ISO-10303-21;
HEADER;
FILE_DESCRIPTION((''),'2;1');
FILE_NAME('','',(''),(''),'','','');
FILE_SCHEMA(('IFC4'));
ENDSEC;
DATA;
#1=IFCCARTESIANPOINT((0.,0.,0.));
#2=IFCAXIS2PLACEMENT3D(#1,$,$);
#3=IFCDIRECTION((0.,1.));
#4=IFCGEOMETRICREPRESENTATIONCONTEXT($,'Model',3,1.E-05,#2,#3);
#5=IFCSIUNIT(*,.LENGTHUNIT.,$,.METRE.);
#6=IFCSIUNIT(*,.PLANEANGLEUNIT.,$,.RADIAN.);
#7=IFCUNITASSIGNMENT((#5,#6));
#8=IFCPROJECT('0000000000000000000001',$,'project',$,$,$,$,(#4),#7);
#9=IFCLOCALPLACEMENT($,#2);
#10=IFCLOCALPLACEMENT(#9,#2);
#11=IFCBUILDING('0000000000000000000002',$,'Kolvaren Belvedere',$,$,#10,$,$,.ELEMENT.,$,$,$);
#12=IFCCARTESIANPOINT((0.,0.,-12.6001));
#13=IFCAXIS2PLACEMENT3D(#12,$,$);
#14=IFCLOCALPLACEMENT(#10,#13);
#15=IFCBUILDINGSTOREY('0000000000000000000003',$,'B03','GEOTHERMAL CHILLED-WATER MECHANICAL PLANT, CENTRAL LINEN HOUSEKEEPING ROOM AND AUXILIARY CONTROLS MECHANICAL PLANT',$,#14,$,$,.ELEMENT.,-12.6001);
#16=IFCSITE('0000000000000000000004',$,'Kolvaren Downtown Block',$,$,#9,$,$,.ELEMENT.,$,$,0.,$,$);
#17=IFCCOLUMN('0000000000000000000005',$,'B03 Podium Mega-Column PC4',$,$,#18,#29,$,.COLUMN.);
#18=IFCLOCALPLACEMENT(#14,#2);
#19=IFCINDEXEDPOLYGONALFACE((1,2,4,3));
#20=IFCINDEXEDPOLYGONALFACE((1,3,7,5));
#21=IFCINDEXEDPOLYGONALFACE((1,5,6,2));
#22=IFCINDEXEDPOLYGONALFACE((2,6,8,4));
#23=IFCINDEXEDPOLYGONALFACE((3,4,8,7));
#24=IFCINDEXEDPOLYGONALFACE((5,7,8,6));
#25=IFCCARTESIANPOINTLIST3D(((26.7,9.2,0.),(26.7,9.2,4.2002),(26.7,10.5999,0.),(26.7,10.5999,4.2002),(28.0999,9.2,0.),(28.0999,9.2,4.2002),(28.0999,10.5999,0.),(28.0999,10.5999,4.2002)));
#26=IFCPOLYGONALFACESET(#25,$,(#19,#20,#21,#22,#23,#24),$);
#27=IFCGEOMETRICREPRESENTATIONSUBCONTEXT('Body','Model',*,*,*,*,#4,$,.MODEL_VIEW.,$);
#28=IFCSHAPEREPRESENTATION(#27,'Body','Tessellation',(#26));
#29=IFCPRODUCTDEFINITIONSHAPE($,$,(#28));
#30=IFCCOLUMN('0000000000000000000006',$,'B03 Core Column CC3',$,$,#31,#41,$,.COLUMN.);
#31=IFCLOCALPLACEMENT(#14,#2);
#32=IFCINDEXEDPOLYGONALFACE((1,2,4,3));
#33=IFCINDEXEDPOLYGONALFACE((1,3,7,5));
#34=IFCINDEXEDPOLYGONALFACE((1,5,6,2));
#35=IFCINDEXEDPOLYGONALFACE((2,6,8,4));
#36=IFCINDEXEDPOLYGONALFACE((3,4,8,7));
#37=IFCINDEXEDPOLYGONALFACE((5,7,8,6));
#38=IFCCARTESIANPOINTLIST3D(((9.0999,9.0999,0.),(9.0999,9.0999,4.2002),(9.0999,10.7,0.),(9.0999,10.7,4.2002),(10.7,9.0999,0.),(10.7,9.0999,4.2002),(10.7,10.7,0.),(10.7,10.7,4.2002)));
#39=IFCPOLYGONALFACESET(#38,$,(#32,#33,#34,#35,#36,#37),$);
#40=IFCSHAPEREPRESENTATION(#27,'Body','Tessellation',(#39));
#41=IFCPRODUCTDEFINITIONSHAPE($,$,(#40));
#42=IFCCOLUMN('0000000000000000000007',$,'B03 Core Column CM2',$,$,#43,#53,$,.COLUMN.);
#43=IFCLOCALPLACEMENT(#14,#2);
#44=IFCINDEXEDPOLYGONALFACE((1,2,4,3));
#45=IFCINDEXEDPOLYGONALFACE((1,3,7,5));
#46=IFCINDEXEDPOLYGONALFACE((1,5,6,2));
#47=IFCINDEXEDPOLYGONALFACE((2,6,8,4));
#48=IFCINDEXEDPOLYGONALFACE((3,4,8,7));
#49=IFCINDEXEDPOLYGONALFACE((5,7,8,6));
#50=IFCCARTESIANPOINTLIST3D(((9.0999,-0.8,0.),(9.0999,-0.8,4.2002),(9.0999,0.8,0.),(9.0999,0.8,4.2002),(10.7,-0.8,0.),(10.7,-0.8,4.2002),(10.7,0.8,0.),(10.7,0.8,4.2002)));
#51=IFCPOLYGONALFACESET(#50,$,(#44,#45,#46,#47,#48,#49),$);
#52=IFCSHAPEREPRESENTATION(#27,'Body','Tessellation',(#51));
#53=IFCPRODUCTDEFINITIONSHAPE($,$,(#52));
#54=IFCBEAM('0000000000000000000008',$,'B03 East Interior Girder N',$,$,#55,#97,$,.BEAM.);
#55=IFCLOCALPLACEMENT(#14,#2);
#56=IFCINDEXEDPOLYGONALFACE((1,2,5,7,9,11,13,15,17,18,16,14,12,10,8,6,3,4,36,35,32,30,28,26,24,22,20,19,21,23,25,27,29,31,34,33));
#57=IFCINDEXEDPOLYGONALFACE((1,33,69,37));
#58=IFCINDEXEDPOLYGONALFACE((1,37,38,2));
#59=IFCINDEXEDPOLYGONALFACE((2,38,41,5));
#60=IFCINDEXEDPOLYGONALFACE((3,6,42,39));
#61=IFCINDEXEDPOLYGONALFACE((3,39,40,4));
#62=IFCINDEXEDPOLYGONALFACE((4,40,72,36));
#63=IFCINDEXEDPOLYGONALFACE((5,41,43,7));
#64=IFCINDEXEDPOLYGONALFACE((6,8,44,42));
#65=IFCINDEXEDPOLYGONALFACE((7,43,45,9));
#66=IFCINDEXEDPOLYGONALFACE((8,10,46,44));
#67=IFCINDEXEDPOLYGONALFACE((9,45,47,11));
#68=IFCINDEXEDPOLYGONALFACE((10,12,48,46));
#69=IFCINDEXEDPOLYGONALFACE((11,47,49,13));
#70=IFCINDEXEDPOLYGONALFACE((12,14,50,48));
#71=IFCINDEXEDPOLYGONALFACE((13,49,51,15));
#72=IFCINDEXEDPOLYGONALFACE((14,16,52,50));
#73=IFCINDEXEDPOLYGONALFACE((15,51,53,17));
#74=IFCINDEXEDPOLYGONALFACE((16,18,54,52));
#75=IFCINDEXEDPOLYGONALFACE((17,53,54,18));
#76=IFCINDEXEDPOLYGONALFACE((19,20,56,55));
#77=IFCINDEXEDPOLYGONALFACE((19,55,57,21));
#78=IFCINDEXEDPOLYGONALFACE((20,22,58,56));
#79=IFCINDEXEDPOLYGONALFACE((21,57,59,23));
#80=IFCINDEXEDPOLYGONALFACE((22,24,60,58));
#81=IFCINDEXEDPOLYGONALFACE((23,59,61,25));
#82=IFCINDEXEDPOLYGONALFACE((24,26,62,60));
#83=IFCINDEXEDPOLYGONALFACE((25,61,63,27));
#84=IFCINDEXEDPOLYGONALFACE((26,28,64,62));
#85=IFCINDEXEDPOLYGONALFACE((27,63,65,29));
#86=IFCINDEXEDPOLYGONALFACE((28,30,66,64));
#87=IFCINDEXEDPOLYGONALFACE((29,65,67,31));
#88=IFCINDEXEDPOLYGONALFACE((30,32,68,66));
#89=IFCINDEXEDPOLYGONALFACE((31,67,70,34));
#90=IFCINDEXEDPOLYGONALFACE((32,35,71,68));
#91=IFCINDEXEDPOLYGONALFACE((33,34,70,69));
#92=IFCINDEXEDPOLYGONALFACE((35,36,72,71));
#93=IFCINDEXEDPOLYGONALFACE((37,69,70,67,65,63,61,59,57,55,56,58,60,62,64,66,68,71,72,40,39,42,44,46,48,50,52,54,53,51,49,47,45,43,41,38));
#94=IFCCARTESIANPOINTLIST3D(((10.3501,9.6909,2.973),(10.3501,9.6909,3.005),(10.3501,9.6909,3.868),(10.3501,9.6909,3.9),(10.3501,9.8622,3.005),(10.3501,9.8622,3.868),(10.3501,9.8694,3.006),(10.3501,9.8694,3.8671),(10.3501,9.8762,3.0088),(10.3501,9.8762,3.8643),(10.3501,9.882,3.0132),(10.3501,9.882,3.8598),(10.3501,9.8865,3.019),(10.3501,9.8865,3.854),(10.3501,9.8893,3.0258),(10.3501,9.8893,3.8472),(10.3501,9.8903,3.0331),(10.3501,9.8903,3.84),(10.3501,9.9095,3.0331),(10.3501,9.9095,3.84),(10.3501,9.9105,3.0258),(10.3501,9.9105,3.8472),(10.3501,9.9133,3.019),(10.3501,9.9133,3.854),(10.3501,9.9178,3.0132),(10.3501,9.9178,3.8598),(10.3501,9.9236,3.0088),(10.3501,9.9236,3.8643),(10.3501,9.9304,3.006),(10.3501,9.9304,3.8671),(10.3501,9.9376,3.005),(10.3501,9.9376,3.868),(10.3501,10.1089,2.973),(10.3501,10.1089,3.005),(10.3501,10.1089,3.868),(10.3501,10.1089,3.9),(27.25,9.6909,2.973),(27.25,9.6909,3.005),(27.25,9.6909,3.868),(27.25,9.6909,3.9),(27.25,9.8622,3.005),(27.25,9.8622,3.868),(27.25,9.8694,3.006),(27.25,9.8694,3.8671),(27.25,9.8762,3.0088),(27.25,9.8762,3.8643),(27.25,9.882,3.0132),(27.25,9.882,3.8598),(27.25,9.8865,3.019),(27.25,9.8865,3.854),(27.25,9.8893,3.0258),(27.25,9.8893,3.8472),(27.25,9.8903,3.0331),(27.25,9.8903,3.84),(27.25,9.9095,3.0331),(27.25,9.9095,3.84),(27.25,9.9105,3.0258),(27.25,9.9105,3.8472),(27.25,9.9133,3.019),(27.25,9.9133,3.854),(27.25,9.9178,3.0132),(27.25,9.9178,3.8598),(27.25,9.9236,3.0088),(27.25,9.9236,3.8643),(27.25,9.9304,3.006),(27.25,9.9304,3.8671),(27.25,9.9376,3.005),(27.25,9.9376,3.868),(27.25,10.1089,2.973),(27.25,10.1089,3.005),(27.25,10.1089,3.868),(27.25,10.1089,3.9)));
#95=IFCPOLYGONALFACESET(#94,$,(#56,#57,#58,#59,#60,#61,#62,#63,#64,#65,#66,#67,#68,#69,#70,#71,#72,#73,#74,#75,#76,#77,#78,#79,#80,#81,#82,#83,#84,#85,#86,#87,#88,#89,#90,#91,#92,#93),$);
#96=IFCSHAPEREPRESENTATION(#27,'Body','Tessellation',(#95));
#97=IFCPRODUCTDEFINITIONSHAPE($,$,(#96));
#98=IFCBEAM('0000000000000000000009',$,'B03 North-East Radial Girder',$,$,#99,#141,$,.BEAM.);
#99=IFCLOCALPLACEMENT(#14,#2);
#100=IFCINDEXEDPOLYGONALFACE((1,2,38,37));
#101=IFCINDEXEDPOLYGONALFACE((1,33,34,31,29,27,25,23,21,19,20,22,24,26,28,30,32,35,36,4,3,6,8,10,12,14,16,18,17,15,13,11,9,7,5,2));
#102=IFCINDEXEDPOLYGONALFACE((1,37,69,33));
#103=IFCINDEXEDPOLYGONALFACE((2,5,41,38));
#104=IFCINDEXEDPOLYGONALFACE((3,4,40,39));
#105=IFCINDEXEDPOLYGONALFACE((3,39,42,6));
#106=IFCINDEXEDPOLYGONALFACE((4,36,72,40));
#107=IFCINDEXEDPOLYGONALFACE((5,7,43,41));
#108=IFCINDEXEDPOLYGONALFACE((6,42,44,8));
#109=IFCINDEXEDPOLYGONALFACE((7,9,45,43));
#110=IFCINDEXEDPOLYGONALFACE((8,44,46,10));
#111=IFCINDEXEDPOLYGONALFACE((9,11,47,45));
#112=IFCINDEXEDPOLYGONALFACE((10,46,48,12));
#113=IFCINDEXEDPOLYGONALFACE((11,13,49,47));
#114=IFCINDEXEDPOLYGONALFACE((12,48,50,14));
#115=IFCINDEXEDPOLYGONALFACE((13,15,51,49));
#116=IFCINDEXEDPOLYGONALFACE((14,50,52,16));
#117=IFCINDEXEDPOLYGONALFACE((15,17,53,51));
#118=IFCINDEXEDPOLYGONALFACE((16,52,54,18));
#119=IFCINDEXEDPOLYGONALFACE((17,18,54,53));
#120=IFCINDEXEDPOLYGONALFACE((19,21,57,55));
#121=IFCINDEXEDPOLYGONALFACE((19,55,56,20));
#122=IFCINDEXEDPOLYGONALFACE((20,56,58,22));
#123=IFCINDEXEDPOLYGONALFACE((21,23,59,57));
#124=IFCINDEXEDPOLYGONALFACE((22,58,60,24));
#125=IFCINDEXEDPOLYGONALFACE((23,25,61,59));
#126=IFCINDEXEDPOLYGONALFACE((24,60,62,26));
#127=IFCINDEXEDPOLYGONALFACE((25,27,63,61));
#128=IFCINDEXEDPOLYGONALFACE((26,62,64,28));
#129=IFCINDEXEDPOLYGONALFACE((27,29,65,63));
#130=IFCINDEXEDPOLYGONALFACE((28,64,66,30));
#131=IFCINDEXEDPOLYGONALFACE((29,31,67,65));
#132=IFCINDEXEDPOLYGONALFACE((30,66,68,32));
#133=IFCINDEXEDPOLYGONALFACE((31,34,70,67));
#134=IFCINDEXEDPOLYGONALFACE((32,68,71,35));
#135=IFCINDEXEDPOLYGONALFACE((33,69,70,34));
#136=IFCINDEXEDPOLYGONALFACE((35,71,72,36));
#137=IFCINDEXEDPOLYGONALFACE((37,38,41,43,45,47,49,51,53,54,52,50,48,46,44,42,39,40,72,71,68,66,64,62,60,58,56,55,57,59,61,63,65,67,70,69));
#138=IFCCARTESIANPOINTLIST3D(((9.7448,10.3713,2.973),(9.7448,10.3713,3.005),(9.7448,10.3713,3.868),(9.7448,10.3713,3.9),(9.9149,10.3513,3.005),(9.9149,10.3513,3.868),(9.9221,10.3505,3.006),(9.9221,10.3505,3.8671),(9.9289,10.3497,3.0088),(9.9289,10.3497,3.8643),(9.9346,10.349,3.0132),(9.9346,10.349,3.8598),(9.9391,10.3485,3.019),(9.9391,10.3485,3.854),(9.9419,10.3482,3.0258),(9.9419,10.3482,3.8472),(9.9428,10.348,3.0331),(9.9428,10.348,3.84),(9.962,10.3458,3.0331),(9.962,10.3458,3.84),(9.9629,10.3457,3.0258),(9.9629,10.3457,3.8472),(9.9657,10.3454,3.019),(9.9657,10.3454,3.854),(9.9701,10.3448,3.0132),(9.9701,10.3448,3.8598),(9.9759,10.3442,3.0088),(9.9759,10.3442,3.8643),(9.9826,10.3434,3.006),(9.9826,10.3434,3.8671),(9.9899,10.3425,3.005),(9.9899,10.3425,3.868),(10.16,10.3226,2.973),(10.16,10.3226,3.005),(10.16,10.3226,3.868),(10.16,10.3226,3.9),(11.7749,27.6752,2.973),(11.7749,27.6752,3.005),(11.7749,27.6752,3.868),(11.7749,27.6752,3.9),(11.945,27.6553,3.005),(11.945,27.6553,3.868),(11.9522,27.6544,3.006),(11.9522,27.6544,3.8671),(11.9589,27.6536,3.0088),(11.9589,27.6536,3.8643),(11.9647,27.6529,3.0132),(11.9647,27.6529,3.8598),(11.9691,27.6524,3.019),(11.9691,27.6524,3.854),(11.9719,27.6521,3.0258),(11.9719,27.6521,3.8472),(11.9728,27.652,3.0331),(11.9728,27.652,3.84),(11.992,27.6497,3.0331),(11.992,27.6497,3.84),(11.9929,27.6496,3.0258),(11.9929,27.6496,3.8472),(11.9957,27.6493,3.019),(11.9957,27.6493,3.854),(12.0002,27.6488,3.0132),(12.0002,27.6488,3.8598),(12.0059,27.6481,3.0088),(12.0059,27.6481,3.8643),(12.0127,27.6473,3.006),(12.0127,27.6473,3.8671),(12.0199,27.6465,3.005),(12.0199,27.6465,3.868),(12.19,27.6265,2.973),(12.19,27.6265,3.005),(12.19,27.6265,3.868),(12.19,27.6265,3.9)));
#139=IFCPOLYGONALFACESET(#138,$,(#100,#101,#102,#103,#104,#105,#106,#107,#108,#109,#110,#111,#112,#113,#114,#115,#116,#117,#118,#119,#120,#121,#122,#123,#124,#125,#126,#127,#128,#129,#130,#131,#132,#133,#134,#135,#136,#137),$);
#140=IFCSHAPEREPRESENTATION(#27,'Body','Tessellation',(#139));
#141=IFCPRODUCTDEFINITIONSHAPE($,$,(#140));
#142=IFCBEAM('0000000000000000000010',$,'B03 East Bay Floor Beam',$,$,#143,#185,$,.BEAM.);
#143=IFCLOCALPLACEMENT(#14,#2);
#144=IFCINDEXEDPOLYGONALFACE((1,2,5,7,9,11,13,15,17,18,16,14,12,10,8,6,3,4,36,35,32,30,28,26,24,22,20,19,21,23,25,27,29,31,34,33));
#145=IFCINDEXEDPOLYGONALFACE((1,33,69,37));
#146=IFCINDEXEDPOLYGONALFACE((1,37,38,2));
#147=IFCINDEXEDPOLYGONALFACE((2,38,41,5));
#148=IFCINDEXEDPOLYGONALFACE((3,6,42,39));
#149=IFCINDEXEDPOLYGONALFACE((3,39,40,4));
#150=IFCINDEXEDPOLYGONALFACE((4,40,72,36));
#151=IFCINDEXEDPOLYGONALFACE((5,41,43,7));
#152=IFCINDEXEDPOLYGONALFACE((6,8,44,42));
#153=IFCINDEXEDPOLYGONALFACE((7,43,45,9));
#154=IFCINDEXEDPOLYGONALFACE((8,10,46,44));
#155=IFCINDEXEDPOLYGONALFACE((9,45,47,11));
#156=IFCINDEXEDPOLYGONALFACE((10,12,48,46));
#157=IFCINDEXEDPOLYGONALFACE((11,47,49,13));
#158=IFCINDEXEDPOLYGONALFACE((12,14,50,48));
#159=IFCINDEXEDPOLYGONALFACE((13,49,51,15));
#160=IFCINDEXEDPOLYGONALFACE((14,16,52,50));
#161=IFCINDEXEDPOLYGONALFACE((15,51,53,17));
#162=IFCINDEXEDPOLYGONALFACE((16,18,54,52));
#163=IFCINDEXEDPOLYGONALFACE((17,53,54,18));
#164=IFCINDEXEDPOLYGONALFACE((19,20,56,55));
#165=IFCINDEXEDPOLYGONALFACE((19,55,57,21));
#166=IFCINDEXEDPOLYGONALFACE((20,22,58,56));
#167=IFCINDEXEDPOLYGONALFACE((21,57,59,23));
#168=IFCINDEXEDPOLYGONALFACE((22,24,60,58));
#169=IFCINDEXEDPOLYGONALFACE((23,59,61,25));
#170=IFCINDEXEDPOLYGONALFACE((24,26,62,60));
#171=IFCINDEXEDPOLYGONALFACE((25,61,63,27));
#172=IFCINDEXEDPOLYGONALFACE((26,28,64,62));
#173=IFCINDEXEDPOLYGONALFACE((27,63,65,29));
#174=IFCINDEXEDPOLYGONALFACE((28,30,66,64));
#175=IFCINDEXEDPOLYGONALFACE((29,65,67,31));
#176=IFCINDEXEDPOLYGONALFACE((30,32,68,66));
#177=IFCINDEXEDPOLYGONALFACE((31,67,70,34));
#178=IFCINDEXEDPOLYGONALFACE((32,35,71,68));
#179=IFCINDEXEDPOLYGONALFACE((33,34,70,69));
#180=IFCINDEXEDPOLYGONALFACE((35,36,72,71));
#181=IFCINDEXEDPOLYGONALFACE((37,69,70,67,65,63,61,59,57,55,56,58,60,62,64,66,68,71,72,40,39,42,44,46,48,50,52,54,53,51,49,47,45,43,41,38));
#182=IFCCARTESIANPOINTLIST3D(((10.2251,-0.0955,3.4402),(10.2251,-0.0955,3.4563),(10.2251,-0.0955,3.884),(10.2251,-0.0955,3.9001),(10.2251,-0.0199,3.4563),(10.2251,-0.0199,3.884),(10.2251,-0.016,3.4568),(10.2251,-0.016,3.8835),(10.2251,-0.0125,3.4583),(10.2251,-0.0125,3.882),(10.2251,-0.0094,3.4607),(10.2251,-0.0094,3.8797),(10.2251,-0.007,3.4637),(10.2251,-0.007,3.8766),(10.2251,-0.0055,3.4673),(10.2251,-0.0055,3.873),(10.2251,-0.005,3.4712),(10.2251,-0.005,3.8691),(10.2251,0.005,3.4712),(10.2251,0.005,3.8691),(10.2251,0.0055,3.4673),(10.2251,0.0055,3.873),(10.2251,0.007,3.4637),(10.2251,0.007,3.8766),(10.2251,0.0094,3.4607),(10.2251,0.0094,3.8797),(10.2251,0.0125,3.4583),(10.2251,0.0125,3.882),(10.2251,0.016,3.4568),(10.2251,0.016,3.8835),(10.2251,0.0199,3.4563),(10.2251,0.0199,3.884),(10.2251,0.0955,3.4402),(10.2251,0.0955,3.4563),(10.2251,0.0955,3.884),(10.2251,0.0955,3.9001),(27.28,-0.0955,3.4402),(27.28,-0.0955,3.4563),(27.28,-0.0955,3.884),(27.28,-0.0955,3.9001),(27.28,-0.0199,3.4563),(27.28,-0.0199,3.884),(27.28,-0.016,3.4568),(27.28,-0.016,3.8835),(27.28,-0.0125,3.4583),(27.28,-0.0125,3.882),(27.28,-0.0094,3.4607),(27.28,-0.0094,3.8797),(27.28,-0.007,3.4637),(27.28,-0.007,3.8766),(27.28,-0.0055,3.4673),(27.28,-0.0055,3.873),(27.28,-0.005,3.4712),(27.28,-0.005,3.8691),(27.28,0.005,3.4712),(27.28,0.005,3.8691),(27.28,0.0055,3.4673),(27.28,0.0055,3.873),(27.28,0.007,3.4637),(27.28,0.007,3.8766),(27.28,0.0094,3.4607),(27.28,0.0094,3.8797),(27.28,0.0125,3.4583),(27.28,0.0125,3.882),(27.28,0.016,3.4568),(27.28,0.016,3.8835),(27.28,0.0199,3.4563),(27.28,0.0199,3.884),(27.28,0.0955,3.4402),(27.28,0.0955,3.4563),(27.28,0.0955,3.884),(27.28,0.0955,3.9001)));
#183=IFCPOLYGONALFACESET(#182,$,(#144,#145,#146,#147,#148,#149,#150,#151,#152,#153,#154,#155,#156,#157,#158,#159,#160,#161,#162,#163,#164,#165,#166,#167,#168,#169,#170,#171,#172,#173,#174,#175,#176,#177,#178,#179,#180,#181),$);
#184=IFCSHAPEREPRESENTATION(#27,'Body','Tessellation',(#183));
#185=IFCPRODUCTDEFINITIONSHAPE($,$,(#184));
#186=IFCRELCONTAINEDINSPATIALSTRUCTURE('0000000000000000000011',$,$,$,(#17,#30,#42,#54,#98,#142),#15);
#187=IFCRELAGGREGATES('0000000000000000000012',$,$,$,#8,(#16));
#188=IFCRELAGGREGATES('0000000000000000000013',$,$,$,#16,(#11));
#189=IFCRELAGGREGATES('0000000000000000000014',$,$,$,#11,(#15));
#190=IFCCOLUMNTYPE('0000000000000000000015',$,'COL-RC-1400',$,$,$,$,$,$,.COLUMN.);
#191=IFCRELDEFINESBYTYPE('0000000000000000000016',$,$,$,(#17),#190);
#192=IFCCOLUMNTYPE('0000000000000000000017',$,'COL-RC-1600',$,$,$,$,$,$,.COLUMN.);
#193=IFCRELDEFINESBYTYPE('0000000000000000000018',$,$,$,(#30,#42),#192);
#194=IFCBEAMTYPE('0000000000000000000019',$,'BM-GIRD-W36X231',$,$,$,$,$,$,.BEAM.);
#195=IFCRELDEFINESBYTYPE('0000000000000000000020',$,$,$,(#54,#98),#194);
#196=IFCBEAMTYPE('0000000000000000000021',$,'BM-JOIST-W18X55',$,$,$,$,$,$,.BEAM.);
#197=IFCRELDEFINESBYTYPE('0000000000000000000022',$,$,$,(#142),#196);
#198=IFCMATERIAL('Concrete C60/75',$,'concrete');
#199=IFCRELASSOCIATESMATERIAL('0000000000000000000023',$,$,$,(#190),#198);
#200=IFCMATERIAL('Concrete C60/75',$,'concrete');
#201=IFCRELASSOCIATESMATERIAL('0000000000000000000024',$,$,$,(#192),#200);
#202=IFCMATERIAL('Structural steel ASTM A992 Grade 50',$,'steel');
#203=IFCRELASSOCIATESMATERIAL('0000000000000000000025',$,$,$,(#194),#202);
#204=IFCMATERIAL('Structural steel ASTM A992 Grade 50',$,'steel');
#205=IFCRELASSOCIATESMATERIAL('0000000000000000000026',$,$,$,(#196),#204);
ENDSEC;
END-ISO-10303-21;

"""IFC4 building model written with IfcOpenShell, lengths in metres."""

from ifc_helpers import new_model, si_unit, direction, frame, origin, origin_2d, place, context, subcontext, project, spatial, rectangle, i_section, extrude, material, material_profile, profile_set, type_object, element, save


model = new_model("IFC4")

# Units and contexts
model_context = context("Model", 3, precision=1e-05, world=origin(), true_north=direction((0.0, 1.0)))
body_context = subcontext(model_context, "Body", "Model", "MODEL_VIEW")
ifc_project = project(units=[si_unit("LENGTHUNIT", "METRE"), si_unit("PLANEANGLEUNIT", "RADIAN")], contexts=[model_context])

# Site, building, storey
site_placement = place(None, origin())
site = spatial("IfcSite", under=ifc_project, at=site_placement, Name="Kolvaren Downtown Block", CompositionType="ELEMENT", RefElevation=0.0)
building_placement = place(site_placement, origin())
building = spatial("IfcBuilding", under=site, at=building_placement, Name="Kolvaren Belvedere", CompositionType="ELEMENT")
storey_placement = place(building_placement, frame((0.0, 0.0, -12.6001)))
storey = spatial("IfcBuildingStorey", under=building, at=storey_placement, Name="B03", Description="GEOTHERMAL CHILLED-WATER MECHANICAL PLANT, CENTRAL LINEN HOUSEKEEPING ROOM AND AUXILIARY CONTROLS MECHANICAL PLANT", CompositionType="ELEMENT", Elevation=-12.6001)

# Columns
ifc_material_1 = material(Name="Concrete C60/75", Category="concrete")
ifc_material_profile_1 = material_profile(ifc_material_1, rectangle(XDim=1.3999, YDim=1.3999, at=origin_2d()), Name="RC 1400X1400")
ifc_profile_set_1 = profile_set([ifc_material_profile_1], Name="Concrete C60/75")
column_type_1 = type_object("IfcColumnType", Name="COL-RC-1400", PredefinedType="COLUMN", material=ifc_profile_set_1)
column_placement = place(storey_placement, frame((27.3999, 9.8999, 0.0), z_axis=(0.0, 0.0, 1.0), x_axis=(1.0, 0.0, 0.0)))
element("IfcColumn", 1, at=column_placement, inside=storey, type_object=column_type_1, Name="B03 Podium Mega-Column PC4", PredefinedType="COLUMN", context=body_context, shape_type="SweptSolid", body=[
    extrude(rectangle(XDim=1.3999, YDim=1.3999, at=origin_2d()), origin(), (0.0, 0.0, 1.0), 4.2002),
])
ifc_material_2 = material(Name="Concrete C60/75", Category="concrete")
ifc_material_profile_2 = material_profile(ifc_material_2, rectangle(XDim=1.6001, YDim=1.6001, at=origin_2d()), Name="RC 1600X1600")
ifc_profile_set_2 = profile_set([ifc_material_profile_2], Name="Concrete C60/75")
column_type_2 = type_object("IfcColumnType", Name="COL-RC-1600", PredefinedType="COLUMN", material=ifc_profile_set_2)
for number, where, z_axis, x_axis, name in (
    (2, (9.8999, 9.8999, 0.0), (0.0, 0.0, 1.0), (1.0, 0.0, 0.0), "B03 Core Column CC3"),
    (3, (9.8999, 0.0, 0.0), (0.0, 0.0, 1.0), (1.0, 0.0, 0.0), "B03 Core Column CM2"),
):
    element("IfcColumn", number, at=place(storey_placement, frame(where, z_axis=z_axis, x_axis=x_axis)), inside=storey, type_object=column_type_2, Name=name, PredefinedType="COLUMN", context=body_context, shape_type="SweptSolid", body=[
        extrude(rectangle(XDim=1.6001, YDim=1.6001, at=origin_2d()), origin(), (0.0, 0.0, 1.0), 4.2002),
    ])

# Beams
ifc_material_3 = material(Name="Structural steel ASTM A992 Grade 50", Category="steel")
ifc_material_profile_3 = material_profile(ifc_material_3, i_section(OverallWidth=0.418, OverallDepth=0.927, WebThickness=0.0193, FlangeThickness=0.032, FilletRadius=0.0281, at=origin_2d()), Name="W36X231")
ifc_profile_set_3 = profile_set([ifc_material_profile_3], Name="Structural steel ASTM A992 Grade 50")
beam_type_1 = type_object("IfcBeamType", Name="BM-GIRD-W36X231", PredefinedType="BEAM", material=ifc_profile_set_3)
beam_1_placement = place(storey_placement, frame((10.3501, 9.8999, 3.4365), z_axis=(1.0, 0.0, 0.0), x_axis=(0.0, 1.0, 0.0)))
element("IfcBeam", 4, at=beam_1_placement, inside=storey, type_object=beam_type_1, Name="B03 East Interior Girder N", PredefinedType="BEAM", context=body_context, shape_type="SweptSolid", body=[
    extrude(i_section(OverallWidth=0.418, OverallDepth=0.927, WebThickness=0.0193, FlangeThickness=0.032, FilletRadius=0.0281, at=origin_2d()), origin(), (0.0, 0.0, 1.0), 16.8999),
])
beam_2_placement = place(storey_placement, frame((9.9524, 10.3469, 3.4365), z_axis=(0.116517, 0.993189, 0.0), x_axis=(-0.993189, 0.116517, 0.0)))
element("IfcBeam", 5, at=beam_2_placement, inside=storey, type_object=beam_type_1, Name="B03 North-East Radial Girder", PredefinedType="BEAM", context=body_context, shape_type="SweptSolid", body=[
    extrude(i_section(OverallWidth=0.418, OverallDepth=0.927, WebThickness=0.0193, FlangeThickness=0.032, FilletRadius=0.0281, at=origin_2d()), origin(), (0.0, 0.0, 1.0), 17.4226),
])
ifc_material_4 = material(Name="Structural steel ASTM A992 Grade 50", Category="steel")
ifc_material_profile_4 = material_profile(ifc_material_4, i_section(OverallWidth=0.1909, OverallDepth=0.46, WebThickness=0.01, FlangeThickness=0.0161, FilletRadius=0.0149, at=origin_2d()), Name="W18X55")
ifc_profile_set_4 = profile_set([ifc_material_profile_4], Name="Structural steel ASTM A992 Grade 50")
beam_type_2 = type_object("IfcBeamType", Name="BM-JOIST-W18X55", PredefinedType="BEAM", material=ifc_profile_set_4)
beam_3_placement = place(storey_placement, frame((10.2251, 0.0, 3.6702), z_axis=(1.0, 0.0, 0.0), x_axis=(0.0, 1.0, 0.0)))
element("IfcBeam", 6, at=beam_3_placement, inside=storey, type_object=beam_type_2, Name="B03 East Bay Floor Beam", PredefinedType="BEAM", context=body_context, shape_type="SweptSolid", body=[
    extrude(i_section(OverallWidth=0.1909, OverallDepth=0.46, WebThickness=0.01, FlangeThickness=0.0161, FilletRadius=0.0149, at=origin_2d()), origin(), (0.0, 0.0, 1.0), 17.0549),
])

save(model, "model.ifc")
